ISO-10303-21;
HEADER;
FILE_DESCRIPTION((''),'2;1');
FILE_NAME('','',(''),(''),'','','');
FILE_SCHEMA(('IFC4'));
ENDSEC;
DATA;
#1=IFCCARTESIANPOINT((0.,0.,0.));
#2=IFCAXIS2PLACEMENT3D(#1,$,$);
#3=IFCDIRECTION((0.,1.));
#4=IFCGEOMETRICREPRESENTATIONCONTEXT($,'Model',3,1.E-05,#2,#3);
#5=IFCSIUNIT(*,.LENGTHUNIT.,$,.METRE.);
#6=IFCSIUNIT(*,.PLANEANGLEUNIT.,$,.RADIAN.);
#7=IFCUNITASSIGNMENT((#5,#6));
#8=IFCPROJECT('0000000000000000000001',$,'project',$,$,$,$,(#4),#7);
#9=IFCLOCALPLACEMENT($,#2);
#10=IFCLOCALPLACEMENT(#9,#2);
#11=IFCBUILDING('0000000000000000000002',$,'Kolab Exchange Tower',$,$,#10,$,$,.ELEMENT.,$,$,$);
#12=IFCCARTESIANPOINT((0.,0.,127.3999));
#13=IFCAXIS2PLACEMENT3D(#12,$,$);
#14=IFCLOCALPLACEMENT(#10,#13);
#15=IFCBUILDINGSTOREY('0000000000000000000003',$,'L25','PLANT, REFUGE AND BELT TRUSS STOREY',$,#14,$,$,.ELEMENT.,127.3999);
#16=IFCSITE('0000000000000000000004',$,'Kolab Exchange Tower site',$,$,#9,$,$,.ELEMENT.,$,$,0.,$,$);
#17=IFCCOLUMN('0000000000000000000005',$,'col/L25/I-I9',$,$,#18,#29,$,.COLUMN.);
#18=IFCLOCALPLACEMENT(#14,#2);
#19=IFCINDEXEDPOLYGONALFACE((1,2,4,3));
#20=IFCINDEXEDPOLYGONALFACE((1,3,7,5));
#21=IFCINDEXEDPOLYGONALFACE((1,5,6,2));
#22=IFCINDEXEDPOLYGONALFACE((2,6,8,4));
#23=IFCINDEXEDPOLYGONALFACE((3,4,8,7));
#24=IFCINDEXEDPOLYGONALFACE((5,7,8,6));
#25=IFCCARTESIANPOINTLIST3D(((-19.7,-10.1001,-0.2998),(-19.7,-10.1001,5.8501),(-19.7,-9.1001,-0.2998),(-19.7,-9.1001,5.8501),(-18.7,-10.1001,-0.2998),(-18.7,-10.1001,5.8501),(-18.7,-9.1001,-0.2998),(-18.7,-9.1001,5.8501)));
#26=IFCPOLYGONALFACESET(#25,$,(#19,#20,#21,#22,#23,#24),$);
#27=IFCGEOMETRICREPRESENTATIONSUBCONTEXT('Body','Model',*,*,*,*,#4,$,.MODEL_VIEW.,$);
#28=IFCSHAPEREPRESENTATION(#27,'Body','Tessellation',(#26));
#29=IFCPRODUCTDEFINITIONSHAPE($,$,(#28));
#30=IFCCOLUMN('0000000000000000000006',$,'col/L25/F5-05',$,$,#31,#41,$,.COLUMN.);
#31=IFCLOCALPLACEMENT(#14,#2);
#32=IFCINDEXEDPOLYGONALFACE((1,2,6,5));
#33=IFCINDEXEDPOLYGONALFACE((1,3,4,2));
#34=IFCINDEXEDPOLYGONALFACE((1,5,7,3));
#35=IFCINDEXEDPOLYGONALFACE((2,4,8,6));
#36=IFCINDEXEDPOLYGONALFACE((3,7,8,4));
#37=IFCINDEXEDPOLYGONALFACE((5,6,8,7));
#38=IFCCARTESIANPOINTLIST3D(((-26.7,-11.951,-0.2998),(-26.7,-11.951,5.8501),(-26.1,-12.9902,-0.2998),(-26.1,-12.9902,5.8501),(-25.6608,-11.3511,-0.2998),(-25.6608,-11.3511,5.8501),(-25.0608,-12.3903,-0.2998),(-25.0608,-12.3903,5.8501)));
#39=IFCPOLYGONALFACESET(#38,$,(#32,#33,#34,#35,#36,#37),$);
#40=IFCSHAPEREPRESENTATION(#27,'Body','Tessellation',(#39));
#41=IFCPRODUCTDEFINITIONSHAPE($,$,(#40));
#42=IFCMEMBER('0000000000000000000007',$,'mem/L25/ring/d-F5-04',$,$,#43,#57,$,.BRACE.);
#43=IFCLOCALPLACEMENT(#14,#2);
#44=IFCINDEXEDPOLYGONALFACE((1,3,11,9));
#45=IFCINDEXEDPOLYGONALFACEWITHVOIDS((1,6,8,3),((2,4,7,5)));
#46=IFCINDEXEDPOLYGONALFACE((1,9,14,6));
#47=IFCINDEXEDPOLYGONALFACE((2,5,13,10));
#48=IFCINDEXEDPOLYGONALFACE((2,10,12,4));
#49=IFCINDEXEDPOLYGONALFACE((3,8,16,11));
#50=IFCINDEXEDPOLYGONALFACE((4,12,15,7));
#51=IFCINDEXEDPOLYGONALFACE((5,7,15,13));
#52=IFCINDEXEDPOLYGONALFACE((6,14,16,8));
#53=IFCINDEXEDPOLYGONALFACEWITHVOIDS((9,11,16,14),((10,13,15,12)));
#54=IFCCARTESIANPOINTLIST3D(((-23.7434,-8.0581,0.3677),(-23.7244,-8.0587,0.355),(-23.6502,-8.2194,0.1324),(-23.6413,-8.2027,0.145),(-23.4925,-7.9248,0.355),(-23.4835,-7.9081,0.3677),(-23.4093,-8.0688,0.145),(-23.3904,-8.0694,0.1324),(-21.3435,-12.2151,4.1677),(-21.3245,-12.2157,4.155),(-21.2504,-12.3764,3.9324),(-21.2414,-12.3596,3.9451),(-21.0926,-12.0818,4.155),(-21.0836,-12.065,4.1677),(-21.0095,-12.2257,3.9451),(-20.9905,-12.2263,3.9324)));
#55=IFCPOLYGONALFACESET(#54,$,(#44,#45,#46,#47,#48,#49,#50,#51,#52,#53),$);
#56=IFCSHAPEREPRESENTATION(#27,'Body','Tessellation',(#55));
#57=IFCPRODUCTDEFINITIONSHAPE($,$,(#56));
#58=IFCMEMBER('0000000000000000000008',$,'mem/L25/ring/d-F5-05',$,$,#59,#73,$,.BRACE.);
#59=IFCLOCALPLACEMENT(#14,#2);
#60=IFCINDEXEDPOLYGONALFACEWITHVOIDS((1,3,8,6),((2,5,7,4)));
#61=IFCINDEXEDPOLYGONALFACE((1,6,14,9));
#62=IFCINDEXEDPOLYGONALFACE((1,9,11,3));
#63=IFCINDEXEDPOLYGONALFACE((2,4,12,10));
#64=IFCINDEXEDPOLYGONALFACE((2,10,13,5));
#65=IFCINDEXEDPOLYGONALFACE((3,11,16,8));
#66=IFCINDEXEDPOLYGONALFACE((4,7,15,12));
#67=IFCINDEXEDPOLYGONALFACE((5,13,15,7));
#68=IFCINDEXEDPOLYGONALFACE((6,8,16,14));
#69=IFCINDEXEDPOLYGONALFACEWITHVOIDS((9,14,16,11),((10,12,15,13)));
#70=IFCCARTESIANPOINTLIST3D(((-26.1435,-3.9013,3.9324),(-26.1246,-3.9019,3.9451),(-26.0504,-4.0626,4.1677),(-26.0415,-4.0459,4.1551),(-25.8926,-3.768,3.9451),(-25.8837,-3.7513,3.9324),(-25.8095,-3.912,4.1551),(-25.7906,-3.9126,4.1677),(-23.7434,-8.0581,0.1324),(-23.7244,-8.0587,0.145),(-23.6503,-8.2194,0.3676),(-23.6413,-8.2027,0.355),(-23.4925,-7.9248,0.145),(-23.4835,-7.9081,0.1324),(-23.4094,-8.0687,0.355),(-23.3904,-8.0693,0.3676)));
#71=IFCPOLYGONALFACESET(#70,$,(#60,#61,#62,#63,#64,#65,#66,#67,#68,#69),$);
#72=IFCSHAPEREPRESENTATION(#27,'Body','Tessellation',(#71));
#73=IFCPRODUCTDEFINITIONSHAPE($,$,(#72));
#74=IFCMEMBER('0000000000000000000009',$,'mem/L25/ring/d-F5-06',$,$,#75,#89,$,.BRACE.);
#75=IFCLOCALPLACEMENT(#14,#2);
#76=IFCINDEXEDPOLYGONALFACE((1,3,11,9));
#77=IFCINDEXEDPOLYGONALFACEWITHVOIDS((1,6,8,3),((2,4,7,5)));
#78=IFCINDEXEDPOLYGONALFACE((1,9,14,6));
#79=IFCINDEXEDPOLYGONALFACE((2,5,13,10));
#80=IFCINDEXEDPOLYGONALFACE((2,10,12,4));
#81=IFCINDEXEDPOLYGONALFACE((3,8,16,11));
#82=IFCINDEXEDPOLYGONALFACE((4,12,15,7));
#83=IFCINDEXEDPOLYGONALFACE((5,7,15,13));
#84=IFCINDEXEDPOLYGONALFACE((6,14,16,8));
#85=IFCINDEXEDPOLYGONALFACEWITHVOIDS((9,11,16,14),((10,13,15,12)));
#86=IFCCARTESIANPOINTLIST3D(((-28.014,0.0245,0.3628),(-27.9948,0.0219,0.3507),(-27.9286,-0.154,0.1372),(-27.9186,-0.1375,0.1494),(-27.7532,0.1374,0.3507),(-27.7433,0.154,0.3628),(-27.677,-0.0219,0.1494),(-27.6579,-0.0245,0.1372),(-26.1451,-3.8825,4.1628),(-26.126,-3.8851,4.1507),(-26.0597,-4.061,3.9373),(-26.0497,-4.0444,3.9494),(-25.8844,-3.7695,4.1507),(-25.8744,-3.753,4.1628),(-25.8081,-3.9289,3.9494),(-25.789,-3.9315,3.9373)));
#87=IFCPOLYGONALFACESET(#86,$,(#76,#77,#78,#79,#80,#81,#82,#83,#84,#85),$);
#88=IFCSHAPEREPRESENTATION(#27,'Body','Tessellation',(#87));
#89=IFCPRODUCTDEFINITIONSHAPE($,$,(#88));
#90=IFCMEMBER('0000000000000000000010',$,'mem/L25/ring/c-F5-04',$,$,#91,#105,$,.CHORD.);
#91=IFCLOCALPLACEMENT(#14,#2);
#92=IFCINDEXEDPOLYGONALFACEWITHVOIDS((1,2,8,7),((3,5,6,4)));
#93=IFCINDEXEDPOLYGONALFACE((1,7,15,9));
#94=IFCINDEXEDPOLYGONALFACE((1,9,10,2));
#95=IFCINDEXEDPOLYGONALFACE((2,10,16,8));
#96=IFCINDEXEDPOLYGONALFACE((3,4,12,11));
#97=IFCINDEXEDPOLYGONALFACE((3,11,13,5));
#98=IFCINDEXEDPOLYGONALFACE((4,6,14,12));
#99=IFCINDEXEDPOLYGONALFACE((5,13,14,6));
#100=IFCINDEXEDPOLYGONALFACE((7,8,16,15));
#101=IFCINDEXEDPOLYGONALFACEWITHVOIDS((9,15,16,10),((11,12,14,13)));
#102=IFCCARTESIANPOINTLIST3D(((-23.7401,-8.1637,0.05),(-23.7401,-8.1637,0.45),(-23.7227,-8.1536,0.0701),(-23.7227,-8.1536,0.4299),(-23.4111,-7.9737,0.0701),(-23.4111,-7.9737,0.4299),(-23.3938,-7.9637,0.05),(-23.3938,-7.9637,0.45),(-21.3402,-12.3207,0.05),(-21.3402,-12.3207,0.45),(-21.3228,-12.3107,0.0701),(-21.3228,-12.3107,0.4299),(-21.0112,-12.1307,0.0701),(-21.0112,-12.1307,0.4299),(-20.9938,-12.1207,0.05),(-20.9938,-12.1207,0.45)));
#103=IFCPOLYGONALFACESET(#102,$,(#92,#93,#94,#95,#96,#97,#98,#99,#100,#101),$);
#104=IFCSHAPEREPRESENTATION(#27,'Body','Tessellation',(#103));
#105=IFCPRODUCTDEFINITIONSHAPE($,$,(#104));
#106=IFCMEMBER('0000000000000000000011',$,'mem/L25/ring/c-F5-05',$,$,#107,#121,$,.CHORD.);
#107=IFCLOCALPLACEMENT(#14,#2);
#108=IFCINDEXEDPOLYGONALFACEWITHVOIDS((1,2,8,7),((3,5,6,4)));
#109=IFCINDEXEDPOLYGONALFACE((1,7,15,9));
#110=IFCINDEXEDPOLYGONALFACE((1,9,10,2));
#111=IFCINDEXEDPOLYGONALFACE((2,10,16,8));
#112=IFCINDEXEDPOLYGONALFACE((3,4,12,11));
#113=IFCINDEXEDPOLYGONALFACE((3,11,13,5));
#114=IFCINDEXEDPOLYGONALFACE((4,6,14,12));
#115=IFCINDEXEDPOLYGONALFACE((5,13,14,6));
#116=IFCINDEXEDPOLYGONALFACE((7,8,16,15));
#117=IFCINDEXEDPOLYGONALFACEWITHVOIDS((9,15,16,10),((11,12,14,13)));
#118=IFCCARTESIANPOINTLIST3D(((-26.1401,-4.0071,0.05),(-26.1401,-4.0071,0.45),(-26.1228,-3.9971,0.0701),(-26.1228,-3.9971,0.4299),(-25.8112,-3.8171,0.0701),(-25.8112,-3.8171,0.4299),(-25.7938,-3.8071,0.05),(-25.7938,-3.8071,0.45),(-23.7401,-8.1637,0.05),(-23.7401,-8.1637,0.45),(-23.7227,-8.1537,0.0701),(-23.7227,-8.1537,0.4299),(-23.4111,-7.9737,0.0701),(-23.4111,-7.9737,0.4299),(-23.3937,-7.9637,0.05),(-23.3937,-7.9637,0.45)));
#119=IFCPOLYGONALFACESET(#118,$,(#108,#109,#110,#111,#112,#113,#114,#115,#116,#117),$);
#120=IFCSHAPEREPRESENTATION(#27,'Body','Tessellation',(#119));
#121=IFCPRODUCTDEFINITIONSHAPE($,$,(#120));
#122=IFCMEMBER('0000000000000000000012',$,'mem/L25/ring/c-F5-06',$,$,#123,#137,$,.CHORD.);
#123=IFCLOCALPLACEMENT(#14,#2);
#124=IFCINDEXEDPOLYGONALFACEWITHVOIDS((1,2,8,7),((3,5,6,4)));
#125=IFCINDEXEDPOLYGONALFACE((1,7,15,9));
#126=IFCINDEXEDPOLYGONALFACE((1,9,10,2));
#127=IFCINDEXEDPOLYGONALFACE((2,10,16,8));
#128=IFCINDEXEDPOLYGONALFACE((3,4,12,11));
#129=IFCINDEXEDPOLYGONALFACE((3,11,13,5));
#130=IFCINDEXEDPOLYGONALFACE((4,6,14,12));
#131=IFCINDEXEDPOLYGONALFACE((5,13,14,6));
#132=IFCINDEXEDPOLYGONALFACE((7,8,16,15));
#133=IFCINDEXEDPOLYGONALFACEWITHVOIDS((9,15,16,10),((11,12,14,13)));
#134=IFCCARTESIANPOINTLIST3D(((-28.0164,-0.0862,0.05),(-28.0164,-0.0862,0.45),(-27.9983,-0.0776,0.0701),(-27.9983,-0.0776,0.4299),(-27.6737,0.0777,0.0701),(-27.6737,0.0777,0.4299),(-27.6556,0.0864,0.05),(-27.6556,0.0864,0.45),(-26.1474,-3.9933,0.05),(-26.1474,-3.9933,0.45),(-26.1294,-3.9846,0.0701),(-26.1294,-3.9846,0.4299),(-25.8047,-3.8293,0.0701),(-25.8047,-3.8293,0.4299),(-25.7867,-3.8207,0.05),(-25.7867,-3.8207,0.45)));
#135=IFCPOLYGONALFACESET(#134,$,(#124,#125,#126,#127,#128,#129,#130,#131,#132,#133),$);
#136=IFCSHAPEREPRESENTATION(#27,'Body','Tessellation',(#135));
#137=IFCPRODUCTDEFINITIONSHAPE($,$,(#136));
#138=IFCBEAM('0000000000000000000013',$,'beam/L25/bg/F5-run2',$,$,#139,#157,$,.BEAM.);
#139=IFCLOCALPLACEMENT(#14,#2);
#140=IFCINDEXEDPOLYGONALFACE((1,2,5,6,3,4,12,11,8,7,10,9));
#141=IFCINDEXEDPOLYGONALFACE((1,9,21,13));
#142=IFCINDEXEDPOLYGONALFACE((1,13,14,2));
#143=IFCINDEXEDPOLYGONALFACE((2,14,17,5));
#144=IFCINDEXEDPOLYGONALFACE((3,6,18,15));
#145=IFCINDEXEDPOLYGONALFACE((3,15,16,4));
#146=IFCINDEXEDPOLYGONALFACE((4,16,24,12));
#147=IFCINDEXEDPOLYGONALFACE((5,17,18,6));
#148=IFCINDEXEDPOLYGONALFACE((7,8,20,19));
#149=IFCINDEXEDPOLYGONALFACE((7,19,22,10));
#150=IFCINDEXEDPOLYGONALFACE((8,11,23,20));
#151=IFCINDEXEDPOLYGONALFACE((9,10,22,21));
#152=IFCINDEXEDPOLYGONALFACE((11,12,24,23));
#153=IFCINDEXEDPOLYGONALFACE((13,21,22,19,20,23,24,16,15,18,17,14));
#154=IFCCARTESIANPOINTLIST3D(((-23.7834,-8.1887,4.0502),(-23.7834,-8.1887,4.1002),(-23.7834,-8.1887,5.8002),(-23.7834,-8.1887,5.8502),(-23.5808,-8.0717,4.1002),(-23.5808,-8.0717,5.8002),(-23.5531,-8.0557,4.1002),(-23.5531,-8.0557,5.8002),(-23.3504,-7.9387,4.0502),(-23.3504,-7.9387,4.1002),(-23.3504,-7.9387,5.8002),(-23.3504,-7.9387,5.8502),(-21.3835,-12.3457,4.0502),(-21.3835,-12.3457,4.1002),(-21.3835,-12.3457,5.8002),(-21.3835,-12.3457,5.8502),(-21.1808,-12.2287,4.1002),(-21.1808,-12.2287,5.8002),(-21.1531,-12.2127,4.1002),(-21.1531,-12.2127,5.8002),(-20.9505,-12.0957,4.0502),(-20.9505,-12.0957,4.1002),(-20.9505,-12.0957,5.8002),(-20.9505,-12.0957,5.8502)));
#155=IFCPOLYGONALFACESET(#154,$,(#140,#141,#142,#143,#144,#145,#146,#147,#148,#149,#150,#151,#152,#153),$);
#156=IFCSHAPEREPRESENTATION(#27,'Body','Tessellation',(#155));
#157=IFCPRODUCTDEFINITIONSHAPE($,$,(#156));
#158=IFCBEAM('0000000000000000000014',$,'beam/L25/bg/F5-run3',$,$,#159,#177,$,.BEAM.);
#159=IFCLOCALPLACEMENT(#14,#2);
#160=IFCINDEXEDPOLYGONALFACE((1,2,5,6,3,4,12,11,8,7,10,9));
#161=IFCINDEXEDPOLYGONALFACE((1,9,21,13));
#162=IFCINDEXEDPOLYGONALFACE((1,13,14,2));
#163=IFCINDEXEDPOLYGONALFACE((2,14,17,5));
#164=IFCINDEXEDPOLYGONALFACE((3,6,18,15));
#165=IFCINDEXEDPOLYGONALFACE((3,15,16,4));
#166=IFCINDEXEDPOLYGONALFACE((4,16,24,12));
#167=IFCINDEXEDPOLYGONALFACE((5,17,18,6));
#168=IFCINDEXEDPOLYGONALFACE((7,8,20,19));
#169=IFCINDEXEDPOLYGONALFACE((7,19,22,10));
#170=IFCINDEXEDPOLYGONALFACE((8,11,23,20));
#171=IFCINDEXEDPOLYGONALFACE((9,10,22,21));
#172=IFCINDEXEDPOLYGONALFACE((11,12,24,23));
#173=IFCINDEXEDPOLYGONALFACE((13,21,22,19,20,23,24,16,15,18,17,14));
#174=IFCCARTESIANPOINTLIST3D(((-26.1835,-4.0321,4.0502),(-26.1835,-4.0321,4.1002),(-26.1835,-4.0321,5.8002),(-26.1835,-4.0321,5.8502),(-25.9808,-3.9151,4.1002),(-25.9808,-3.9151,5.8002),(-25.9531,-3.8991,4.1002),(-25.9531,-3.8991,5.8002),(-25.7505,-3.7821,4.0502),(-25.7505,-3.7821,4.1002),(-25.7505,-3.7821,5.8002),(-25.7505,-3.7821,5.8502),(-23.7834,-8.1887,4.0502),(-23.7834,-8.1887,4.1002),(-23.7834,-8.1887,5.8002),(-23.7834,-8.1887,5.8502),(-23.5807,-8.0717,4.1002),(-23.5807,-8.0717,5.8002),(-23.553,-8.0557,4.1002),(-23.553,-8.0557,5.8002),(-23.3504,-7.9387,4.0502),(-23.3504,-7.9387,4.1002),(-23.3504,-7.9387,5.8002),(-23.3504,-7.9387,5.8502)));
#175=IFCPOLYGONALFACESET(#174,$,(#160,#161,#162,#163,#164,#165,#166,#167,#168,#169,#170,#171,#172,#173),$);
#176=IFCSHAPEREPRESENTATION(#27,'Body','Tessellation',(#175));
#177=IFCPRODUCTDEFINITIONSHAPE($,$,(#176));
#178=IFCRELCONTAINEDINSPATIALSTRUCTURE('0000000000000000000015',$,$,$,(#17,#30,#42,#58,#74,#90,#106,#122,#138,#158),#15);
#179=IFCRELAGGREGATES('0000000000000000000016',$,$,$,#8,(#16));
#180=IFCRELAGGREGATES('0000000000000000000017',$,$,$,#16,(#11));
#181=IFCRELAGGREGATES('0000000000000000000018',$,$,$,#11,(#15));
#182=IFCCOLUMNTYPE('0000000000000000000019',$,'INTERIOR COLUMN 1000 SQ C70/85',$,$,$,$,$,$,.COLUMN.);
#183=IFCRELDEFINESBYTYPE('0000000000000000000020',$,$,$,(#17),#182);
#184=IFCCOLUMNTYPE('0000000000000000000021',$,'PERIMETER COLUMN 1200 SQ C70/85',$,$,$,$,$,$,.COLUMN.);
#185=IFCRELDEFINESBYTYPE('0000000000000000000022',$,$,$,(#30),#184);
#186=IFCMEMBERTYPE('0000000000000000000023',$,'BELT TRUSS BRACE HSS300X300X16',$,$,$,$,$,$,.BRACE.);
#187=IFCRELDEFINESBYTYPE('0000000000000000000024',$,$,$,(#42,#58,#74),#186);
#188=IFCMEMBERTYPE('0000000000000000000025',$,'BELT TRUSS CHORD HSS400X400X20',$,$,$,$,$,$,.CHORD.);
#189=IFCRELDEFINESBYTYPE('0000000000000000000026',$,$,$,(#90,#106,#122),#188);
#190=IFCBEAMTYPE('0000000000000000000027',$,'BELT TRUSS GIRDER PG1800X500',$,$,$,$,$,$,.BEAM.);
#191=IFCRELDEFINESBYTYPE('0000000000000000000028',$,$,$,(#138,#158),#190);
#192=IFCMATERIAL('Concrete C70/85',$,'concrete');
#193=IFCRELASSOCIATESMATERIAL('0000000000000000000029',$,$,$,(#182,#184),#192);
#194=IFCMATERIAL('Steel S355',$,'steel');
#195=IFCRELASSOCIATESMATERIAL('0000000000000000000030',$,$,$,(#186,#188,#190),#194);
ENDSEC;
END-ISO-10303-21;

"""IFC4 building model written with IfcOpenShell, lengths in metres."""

from ifc_helpers import new_model, si_unit, direction, frame, origin, origin_2d, place, context, subcontext, project, spatial, rectangle, hollow_rectangle, i_section, extrude, material, material_profile, profile_set, type_object, element, save


model = new_model("IFC4")

# Units and contexts
model_context = context("Model", 3, precision=1e-05, world=origin(), true_north=direction((0.0, 1.0)))
body_context = subcontext(model_context, "Body", "Model", "MODEL_VIEW")
ifc_project = project(units=[si_unit("LENGTHUNIT", "METRE"), si_unit("PLANEANGLEUNIT", "RADIAN")], contexts=[model_context])

# Site, building, storey
site_placement = place(None, origin())
site = spatial("IfcSite", under=ifc_project, at=site_placement, Name="Kolab Exchange Tower site", CompositionType="ELEMENT", RefElevation=0.0)
building_placement = place(site_placement, origin())
building = spatial("IfcBuilding", under=site, at=building_placement, Name="Kolab Exchange Tower", CompositionType="ELEMENT")
storey_placement = place(building_placement, frame((0.0, 0.0, 127.3999)))
storey = spatial("IfcBuildingStorey", under=building, at=storey_placement, Name="L25", Description="PLANT, REFUGE AND BELT TRUSS STOREY", CompositionType="ELEMENT", Elevation=127.3999)

# Columns
ifc_material_1 = material(Name="Concrete C70/85", Category="concrete")
ifc_material_profile_1 = material_profile(ifc_material_1, rectangle(XDim=1.0, YDim=1.0, at=origin_2d()), Name="RC1000")
ifc_profile_set_1 = profile_set([ifc_material_profile_1], Name="Concrete C70/85")
column_type_1 = type_object("IfcColumnType", Name="INTERIOR COLUMN 1000 SQ C70/85", PredefinedType="COLUMN", material=ifc_profile_set_1)
column_1_placement = place(storey_placement, frame((-19.2, -9.6001, -0.2998), z_axis=(0.0, 0.0, 1.0), x_axis=(1.0, 0.0, 0.0)))
element("IfcColumn", 1, at=column_1_placement, inside=storey, type_object=column_type_1, Name="col/L25/I-I9", PredefinedType="COLUMN", context=body_context, shape_type="SweptSolid", body=[
    extrude(rectangle(XDim=1.0, YDim=1.0, at=origin_2d()), origin(), (0.0, 0.0, 1.0), 6.1499),
])
ifc_material_profile_2 = material_profile(ifc_material_1, rectangle(XDim=1.2, YDim=1.2, at=origin_2d()), Name="RC1200")
ifc_profile_set_2 = profile_set([ifc_material_profile_2], Name="Concrete C70/85")
column_type_2 = type_object("IfcColumnType", Name="PERIMETER COLUMN 1200 SQ C70/85", PredefinedType="COLUMN", material=ifc_profile_set_2)
column_2_placement = place(storey_placement, frame((-25.8804, -12.1707, -0.2998), z_axis=(0.0, 0.0, 1.0), x_axis=(0.866025, 0.5, 0.0)))
element("IfcColumn", 2, at=column_2_placement, inside=storey, type_object=column_type_2, Name="col/L25/F5-05", PredefinedType="COLUMN", context=body_context, shape_type="SweptSolid", body=[
    extrude(rectangle(XDim=1.2, YDim=1.2, at=origin_2d()), origin(), (0.0, 0.0, 1.0), 6.1499),
])

# Members
ifc_material_2 = material(Name="Steel S355", Category="steel")
ifc_material_profile_3 = material_profile(ifc_material_2, hollow_rectangle(XDim=0.3, YDim=0.3, WallThickness=0.0161, at=origin_2d()), Name="HSS300X300X16")
ifc_profile_set_3 = profile_set([ifc_material_profile_3], Name="Steel S355")
member_type_1 = type_object("IfcMemberType", Name="BELT TRUSS BRACE HSS300X300X16", PredefinedType="BRACE", material=ifc_profile_set_3)
for number, where, z_axis, x_axis, name in (
    (3, (-21.167, -12.2207, 4.05), (-0.392005, 0.67901, -0.620708), (-0.866037, -0.499979, 0.0), "mem/L25/ring/d-F5-04"),
    (4, (-23.5669, -8.0637, 0.25), (-0.392049, 0.678978, 0.620715), (-0.866003, -0.500039, 0.0), "mem/L25/ring/d-F5-05"),
):
    element("IfcMember", number, at=place(storey_placement, frame(where, z_axis=z_axis, x_axis=x_axis)), inside=storey, type_object=member_type_1, Name=name, PredefinedType="BRACE", context=body_context, shape_type="SweptSolid", body=[
        extrude(hollow_rectangle(XDim=0.3, YDim=0.3, WallThickness=0.0161, at=origin_2d()), origin(), (0.0, 0.0, 1.0), 6.1221),
    ])
member_1_placement = place(storey_placement, frame((-25.967, -3.907, 4.05), z_axis=(-0.324363, 0.678091, -0.659531), x_axis=(-0.902104, -0.431519, 0.0)))
element("IfcMember", 5, at=member_1_placement, inside=storey, type_object=member_type_1, Name="mem/L25/ring/d-F5-06", PredefinedType="BRACE", context=body_context, shape_type="SweptSolid", body=[
    extrude(hollow_rectangle(XDim=0.3, YDim=0.3, WallThickness=0.0161, at=origin_2d()), origin(), (0.0, 0.0, 1.0), 5.7617),
])
ifc_material_profile_4 = material_profile(ifc_material_2, hollow_rectangle(XDim=0.3999, YDim=0.3999, WallThickness=0.02, at=origin_2d()), Name="HSS400X400X20")
ifc_profile_set_4 = profile_set([ifc_material_profile_4], Name="Steel S355")
member_type_2 = type_object("IfcMemberType", Name="BELT TRUSS CHORD HSS400X400X20", PredefinedType="CHORD", material=ifc_profile_set_4)
member_2_placement = place(storey_placement, frame((-21.167, -12.2207, 0.25), z_axis=(-0.499979, 0.866037, 0.0), x_axis=(-0.866037, -0.499979, 0.0)))
element("IfcMember", 6, at=member_2_placement, inside=storey, type_object=member_type_2, Name="mem/L25/ring/c-F5-04", PredefinedType="CHORD", context=body_context, shape_type="SweptSolid", body=[
    extrude(hollow_rectangle(XDim=0.3999, YDim=0.3999, WallThickness=0.02, at=origin_2d()), origin(), (0.0, 0.0, 1.0), 4.8),
])
member_3_placement = place(storey_placement, frame((-23.5669, -8.0637, 0.25), z_axis=(-0.500039, 0.866003, 0.0), x_axis=(-0.866003, -0.500039, 0.0)))
element("IfcMember", 7, at=member_3_placement, inside=storey, type_object=member_type_2, Name="mem/L25/ring/c-F5-05", PredefinedType="CHORD", context=body_context, shape_type="SweptSolid", body=[
    extrude(hollow_rectangle(XDim=0.3999, YDim=0.3999, WallThickness=0.02, at=origin_2d()), origin(), (0.0, 0.0, 1.0), 4.7998),
])
member_4_placement = place(storey_placement, frame((-25.967, -3.907, 0.25), z_axis=(-0.431519, 0.902104, 0.0), x_axis=(-0.902104, -0.431519, 0.0)))
element("IfcMember", 8, at=member_4_placement, inside=storey, type_object=member_type_2, Name="mem/L25/ring/c-F5-06", PredefinedType="CHORD", context=body_context, shape_type="SweptSolid", body=[
    extrude(hollow_rectangle(XDim=0.3999, YDim=0.3999, WallThickness=0.02, at=origin_2d()), origin(), (0.0, 0.0, 1.0), 4.3311),
])

# Beams
ifc_material_profile_5 = material_profile(ifc_material_2, i_section(OverallWidth=0.5, OverallDepth=1.8, WebThickness=0.032, FlangeThickness=0.05, at=origin_2d()), Name="PG1800X500")
ifc_profile_set_5 = profile_set([ifc_material_profile_5], Name="Steel S355")
beam_type_1 = type_object("IfcBeamType", Name="BELT TRUSS GIRDER PG1800X500", PredefinedType="BEAM", material=ifc_profile_set_5)
beam_1_placement = place(storey_placement, frame((-21.167, -12.2207, 4.9502), z_axis=(-0.499979, 0.866037, 0.0), x_axis=(-0.866037, -0.499979, 0.0)))
element("IfcBeam", 9, at=beam_1_placement, inside=storey, type_object=beam_type_1, Name="beam/L25/bg/F5-run2", PredefinedType="BEAM", context=body_context, shape_type="SweptSolid", body=[
    extrude(i_section(OverallWidth=0.5, OverallDepth=1.8, WebThickness=0.032, FlangeThickness=0.05, at=origin_2d()), origin(), (0.0, 0.0, 1.0), 4.8),
])
beam_2_placement = place(storey_placement, frame((-23.5669, -8.0637, 4.9502), z_axis=(-0.500039, 0.866003, 0.0), x_axis=(-0.866003, -0.500039, 0.0)))
element("IfcBeam", 10, at=beam_2_placement, inside=storey, type_object=beam_type_1, Name="beam/L25/bg/F5-run3", PredefinedType="BEAM", context=body_context, shape_type="SweptSolid", body=[
    extrude(i_section(OverallWidth=0.5, OverallDepth=1.8, WebThickness=0.032, FlangeThickness=0.05, at=origin_2d()), origin(), (0.0, 0.0, 1.0), 4.7998),
])

save(model, "model.ifc")
